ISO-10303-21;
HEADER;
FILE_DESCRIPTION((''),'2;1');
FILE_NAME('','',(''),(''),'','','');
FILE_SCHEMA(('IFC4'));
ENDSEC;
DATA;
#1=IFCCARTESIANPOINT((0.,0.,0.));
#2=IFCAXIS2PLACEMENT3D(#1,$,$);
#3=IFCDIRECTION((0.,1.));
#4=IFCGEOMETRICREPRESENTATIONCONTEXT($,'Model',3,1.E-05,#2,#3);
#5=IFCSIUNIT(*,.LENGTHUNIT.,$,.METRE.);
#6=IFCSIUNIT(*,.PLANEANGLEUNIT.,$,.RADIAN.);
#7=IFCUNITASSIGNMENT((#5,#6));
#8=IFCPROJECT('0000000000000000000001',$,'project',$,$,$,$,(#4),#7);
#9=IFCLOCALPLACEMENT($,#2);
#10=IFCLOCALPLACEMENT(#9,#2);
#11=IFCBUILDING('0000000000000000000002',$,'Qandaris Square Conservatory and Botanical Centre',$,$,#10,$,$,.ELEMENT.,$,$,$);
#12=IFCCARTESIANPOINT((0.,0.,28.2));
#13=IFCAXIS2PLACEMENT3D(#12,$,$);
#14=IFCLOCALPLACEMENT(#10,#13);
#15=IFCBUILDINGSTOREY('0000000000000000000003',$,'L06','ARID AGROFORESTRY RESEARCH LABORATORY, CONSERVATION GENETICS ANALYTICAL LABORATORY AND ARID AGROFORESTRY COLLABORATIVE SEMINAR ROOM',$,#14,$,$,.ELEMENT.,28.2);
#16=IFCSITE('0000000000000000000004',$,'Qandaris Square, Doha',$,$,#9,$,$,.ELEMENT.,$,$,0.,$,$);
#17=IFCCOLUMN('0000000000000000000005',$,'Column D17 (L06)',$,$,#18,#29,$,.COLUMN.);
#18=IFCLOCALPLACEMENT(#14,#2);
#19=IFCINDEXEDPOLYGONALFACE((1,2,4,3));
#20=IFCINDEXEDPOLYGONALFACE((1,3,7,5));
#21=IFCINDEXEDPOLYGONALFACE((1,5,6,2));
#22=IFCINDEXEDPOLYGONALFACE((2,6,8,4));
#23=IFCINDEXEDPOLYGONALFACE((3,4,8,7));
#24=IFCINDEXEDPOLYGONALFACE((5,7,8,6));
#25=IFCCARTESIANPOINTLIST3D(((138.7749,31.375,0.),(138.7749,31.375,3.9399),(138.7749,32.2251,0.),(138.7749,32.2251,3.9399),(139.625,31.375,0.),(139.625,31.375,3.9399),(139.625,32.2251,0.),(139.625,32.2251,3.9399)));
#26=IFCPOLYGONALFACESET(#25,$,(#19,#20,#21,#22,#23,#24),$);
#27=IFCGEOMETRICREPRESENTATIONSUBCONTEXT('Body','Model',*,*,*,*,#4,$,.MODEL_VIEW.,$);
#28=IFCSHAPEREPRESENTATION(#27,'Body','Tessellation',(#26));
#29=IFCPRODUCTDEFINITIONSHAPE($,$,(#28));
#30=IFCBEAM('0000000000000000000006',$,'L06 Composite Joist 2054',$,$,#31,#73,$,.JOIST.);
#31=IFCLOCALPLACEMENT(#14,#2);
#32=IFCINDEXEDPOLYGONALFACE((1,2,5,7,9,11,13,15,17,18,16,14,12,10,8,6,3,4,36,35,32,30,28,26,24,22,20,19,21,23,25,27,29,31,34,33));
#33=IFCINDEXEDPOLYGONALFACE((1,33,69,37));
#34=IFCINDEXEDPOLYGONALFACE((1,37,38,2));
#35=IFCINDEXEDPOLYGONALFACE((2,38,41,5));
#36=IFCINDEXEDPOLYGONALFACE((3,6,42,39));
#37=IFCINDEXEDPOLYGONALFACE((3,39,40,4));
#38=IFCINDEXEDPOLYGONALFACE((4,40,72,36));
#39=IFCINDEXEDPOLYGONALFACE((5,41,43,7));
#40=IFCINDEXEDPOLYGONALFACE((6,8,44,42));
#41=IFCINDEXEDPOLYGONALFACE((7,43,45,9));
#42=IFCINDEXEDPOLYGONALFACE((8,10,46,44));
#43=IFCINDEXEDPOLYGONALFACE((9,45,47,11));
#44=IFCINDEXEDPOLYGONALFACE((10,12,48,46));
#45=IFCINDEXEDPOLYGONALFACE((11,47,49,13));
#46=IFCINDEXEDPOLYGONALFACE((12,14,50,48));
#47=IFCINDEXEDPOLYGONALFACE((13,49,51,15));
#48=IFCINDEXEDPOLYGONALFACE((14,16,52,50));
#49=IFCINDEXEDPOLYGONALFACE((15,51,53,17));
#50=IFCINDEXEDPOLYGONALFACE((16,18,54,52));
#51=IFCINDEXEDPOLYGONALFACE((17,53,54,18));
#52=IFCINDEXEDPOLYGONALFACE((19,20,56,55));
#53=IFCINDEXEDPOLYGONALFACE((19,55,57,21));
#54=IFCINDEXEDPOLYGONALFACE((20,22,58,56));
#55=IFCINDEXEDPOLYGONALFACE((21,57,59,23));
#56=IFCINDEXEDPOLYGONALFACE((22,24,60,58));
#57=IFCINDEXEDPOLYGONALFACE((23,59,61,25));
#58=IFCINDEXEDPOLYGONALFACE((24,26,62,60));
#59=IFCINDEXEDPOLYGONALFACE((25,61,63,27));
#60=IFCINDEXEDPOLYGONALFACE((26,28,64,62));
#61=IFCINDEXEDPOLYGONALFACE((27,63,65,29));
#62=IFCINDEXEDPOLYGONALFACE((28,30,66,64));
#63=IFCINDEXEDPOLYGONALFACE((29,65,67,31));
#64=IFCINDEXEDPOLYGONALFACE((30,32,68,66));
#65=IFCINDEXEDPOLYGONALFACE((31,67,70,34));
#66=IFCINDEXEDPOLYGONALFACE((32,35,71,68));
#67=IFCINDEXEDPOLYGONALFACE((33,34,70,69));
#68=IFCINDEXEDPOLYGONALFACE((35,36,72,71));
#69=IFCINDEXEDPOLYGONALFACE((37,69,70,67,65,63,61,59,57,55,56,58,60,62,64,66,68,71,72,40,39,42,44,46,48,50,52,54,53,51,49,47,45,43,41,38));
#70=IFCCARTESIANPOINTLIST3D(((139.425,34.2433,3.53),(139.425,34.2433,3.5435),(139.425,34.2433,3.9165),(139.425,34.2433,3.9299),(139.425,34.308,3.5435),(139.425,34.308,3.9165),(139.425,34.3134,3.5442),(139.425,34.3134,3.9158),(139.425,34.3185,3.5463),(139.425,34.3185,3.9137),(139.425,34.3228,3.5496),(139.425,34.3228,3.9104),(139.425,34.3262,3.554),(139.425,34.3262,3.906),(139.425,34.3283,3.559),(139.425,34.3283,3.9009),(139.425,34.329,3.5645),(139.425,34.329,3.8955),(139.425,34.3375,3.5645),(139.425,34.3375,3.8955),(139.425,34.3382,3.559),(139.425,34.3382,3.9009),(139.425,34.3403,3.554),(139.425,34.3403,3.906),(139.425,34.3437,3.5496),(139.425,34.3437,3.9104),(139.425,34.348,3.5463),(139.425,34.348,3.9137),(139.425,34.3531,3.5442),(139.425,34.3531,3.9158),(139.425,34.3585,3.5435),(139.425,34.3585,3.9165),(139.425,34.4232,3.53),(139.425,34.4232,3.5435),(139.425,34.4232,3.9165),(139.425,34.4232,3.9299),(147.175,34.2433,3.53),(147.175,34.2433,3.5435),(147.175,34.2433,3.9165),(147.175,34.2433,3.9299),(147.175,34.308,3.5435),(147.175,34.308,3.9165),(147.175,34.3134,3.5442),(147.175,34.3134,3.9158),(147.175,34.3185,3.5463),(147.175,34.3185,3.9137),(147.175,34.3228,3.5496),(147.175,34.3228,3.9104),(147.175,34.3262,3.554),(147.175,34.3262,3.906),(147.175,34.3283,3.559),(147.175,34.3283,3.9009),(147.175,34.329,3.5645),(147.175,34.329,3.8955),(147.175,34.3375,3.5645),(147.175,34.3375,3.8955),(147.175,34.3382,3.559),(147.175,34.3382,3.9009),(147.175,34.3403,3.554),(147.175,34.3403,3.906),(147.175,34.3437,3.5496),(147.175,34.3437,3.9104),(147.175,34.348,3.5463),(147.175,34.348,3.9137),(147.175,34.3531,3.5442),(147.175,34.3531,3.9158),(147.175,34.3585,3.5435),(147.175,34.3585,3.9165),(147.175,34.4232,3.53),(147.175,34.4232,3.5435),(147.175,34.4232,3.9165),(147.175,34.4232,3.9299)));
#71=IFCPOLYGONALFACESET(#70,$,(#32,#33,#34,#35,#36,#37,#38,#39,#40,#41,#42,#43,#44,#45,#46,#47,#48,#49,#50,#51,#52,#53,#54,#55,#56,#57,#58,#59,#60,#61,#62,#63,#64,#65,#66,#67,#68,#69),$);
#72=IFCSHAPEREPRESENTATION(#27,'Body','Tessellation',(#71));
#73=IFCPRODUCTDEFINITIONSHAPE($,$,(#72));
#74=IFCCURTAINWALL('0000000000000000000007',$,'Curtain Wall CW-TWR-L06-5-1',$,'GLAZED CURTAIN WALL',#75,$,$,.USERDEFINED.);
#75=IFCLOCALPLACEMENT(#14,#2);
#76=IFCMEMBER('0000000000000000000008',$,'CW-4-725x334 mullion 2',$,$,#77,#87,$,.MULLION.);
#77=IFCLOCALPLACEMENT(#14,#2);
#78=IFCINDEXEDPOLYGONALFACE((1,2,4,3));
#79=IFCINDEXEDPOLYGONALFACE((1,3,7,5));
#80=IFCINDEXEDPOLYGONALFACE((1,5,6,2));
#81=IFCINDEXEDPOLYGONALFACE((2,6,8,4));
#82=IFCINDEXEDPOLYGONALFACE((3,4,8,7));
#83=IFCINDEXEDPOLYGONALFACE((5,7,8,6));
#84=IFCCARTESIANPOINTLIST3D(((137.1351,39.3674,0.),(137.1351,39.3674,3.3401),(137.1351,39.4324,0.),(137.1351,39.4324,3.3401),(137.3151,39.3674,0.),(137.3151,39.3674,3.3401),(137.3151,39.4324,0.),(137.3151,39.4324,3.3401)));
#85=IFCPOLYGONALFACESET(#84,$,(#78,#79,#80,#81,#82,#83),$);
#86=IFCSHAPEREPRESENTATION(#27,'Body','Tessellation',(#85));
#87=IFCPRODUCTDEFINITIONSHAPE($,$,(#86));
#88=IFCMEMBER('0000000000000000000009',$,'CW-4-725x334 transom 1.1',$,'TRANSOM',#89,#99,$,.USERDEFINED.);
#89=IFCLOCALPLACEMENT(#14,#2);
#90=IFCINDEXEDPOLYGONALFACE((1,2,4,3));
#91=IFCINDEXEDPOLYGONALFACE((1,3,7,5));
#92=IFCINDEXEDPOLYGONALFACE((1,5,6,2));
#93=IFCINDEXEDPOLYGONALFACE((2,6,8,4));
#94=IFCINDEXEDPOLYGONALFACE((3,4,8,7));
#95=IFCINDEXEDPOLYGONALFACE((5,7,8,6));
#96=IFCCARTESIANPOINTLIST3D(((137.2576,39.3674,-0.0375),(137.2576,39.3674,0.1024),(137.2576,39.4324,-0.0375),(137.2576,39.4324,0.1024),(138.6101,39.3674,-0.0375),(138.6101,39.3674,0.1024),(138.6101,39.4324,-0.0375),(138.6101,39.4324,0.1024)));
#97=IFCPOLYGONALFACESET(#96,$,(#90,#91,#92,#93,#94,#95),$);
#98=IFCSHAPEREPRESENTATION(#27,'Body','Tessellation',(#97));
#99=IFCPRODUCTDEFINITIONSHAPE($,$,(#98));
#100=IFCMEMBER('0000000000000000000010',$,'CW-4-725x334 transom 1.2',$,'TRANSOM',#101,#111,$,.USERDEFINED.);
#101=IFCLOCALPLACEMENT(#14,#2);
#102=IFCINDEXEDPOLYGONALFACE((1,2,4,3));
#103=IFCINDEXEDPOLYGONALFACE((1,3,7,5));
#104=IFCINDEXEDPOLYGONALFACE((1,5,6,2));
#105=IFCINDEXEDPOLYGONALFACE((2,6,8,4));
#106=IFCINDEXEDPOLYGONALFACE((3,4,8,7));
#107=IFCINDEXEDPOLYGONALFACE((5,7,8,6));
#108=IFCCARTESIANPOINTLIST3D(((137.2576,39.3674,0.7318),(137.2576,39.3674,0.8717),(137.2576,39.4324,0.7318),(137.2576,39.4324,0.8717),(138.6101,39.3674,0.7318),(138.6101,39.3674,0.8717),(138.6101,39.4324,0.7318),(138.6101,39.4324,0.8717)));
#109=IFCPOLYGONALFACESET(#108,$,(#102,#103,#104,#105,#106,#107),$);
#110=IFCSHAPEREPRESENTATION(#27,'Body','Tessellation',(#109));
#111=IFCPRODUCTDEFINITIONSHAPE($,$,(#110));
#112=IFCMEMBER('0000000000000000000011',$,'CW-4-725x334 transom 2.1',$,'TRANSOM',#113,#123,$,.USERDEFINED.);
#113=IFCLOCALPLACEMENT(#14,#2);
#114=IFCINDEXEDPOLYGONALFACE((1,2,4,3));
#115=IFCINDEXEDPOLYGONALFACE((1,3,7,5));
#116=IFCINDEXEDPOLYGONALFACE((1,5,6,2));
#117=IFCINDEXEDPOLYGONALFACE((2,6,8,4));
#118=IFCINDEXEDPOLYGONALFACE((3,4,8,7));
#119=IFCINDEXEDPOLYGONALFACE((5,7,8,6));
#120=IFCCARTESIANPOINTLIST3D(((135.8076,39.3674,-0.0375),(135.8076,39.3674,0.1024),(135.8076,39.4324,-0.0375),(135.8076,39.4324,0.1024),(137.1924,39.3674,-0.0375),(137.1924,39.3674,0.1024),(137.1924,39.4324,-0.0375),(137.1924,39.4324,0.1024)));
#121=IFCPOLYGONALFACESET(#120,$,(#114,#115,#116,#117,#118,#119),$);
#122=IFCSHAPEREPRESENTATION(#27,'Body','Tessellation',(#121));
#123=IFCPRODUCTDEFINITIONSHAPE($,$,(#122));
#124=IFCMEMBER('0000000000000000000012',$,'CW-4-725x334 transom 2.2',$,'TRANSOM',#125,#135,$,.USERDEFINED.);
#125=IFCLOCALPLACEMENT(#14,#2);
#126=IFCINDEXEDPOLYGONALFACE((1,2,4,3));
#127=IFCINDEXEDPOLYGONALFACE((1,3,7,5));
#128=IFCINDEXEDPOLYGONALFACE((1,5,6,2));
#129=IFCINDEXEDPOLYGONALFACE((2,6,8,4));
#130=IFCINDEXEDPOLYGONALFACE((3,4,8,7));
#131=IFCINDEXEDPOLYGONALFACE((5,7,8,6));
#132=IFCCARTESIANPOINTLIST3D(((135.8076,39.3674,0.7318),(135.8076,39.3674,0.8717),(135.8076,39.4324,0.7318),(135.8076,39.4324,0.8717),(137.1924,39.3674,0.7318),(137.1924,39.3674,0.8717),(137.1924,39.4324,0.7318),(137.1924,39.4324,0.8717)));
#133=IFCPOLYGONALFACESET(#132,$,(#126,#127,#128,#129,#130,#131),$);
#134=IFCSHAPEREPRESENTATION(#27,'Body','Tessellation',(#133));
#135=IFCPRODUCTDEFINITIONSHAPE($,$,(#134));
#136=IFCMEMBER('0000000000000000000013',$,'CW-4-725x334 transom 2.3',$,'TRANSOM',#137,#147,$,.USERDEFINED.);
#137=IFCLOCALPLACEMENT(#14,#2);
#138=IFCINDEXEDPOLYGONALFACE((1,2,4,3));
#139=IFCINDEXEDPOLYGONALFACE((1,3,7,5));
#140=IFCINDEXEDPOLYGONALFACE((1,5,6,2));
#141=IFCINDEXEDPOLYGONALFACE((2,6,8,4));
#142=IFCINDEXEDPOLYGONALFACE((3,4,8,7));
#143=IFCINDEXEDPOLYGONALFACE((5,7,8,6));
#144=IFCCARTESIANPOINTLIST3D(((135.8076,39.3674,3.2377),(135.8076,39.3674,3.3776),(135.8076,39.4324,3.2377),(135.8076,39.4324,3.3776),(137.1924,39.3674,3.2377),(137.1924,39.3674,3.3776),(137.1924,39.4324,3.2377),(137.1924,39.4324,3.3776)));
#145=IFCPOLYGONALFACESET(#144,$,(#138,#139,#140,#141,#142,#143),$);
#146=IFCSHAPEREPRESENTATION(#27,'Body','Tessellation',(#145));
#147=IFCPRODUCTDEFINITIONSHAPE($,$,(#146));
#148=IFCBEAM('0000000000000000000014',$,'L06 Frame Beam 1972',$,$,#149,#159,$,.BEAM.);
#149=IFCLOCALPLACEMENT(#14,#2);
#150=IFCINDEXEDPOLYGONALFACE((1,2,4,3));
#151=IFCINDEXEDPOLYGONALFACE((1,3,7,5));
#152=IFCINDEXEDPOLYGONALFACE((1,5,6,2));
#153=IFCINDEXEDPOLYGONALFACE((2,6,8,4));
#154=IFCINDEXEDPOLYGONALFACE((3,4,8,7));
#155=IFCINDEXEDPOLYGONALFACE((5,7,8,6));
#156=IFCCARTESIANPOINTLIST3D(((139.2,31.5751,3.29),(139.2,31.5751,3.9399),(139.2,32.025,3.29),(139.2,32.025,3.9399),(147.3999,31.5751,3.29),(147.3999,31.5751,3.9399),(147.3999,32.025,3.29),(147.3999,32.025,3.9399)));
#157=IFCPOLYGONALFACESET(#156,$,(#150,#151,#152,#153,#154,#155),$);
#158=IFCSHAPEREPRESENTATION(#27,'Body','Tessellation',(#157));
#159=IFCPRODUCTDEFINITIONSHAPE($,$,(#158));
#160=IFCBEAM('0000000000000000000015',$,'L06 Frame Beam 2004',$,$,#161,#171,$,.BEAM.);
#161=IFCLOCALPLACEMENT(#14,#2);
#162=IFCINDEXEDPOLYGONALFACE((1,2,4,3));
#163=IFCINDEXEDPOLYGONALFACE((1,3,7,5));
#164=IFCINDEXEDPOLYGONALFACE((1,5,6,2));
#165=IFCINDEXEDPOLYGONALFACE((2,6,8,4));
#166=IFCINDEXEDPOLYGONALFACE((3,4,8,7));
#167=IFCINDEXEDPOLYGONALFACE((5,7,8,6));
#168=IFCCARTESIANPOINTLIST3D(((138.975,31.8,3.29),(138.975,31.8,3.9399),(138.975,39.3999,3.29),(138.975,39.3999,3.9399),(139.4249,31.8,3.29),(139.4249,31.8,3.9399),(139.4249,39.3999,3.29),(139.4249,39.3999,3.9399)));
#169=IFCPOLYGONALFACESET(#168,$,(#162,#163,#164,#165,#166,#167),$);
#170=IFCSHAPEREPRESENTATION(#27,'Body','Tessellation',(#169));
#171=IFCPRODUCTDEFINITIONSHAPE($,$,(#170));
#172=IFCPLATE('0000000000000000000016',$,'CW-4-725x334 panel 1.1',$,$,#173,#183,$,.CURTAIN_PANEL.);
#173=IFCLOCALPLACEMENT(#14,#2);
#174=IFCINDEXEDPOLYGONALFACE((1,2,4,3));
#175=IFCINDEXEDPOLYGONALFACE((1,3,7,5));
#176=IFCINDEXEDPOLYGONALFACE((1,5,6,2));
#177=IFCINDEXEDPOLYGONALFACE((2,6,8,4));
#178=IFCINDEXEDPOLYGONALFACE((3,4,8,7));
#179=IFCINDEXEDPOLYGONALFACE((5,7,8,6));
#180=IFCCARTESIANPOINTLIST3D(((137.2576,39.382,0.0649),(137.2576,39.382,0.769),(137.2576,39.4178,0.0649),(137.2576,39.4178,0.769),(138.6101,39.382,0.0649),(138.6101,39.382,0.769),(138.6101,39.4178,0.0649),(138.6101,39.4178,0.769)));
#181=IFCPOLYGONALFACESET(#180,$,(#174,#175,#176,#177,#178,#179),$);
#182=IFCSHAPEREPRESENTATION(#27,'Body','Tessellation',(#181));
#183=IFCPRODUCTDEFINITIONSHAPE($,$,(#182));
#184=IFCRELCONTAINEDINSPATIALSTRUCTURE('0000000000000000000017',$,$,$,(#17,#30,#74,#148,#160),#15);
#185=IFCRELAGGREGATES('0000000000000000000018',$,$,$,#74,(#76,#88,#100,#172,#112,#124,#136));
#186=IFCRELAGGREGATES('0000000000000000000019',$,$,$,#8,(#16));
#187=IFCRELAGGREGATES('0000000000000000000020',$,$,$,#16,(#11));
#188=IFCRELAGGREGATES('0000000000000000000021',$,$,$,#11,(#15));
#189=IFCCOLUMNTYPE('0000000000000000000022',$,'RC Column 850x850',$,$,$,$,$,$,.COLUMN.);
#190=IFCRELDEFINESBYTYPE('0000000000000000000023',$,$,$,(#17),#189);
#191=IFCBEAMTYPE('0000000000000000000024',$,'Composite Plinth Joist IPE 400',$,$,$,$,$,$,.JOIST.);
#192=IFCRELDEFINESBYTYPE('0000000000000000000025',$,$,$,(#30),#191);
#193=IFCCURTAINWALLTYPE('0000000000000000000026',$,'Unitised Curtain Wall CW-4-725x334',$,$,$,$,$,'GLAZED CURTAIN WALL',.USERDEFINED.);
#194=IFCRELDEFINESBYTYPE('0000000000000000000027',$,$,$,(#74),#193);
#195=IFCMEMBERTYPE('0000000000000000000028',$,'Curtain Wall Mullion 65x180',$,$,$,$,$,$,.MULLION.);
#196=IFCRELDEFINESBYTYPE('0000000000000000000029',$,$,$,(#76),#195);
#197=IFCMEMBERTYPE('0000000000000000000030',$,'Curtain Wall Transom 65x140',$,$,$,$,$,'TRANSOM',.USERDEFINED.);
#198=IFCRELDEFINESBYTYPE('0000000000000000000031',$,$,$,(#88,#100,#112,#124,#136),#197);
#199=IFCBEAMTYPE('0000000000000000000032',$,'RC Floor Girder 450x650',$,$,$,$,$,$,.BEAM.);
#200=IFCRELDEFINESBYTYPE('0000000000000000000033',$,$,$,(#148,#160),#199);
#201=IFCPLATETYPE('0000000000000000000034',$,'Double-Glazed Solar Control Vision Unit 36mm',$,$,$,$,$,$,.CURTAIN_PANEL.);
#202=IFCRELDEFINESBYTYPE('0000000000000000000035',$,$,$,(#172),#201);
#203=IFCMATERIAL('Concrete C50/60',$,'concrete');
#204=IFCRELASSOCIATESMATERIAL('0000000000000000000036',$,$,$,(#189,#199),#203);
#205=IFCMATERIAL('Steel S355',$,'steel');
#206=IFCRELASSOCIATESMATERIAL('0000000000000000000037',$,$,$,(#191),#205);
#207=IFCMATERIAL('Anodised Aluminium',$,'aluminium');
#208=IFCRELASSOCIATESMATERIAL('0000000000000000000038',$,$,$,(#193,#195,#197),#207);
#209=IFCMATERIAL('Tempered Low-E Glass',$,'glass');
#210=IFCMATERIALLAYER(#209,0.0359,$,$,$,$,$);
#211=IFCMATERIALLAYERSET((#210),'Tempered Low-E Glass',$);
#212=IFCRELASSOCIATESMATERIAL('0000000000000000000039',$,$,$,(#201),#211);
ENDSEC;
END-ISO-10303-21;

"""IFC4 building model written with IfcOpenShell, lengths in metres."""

from ifc_helpers import new_model, si_unit, direction, frame, origin, origin_2d, place, context, subcontext, project, spatial, rectangle, i_section, extrude, material, layer, layer_set, material_profile, profile_set, type_object, element, aggregate, save


model = new_model("IFC4")

# Units and contexts
model_context = context("Model", 3, precision=1e-05, world=origin(), true_north=direction((0.0, 1.0)))
body_context = subcontext(model_context, "Body", "Model", "MODEL_VIEW")
ifc_project = project(units=[si_unit("LENGTHUNIT", "METRE"), si_unit("PLANEANGLEUNIT", "RADIAN")], contexts=[model_context])

# Site, building, storey
site_placement = place(None, origin())
site = spatial("IfcSite", under=ifc_project, at=site_placement, Name="Qandaris Square, Doha", CompositionType="ELEMENT", RefElevation=0.0)
building_placement = place(site_placement, origin())
building = spatial("IfcBuilding", under=site, at=building_placement, Name="Qandaris Square Conservatory and Botanical Centre", CompositionType="ELEMENT")
storey_placement = place(building_placement, frame((0.0, 0.0, 28.2)))
storey = spatial("IfcBuildingStorey", under=building, at=storey_placement, Name="L06", Description="ARID AGROFORESTRY RESEARCH LABORATORY, CONSERVATION GENETICS ANALYTICAL LABORATORY AND ARID AGROFORESTRY COLLABORATIVE SEMINAR ROOM", CompositionType="ELEMENT", Elevation=28.2)

# Column
ifc_material_1 = material(Name="Concrete C50/60", Category="concrete")
ifc_material_profile_1 = material_profile(ifc_material_1, rectangle(XDim=0.8501, YDim=0.8501, at=origin_2d()), Name="RC-COL 850x850")
ifc_profile_set_1 = profile_set([ifc_material_profile_1], Name="Concrete C50/60")
column_type = type_object("IfcColumnType", Name="RC Column 850x850", PredefinedType="COLUMN", material=ifc_profile_set_1)
column_placement = place(storey_placement, frame((139.2, 31.8, 0.0), z_axis=(0.0, 0.0, 1.0), x_axis=(1.0, 0.0, 0.0)))
element("IfcColumn", 1, at=column_placement, inside=storey, type_object=column_type, Name="Column D17 (L06)", PredefinedType="COLUMN", context=body_context, shape_type="SweptSolid", body=[
    extrude(rectangle(XDim=0.8501, YDim=0.8501, at=origin_2d()), origin(), (0.0, 0.0, 1.0), 3.9399),
])

# Beam
ifc_material_2 = material(Name="Steel S355", Category="steel")
ifc_material_profile_2 = material_profile(ifc_material_2, i_section(OverallWidth=0.1799, OverallDepth=0.3999, WebThickness=0.0085, FlangeThickness=0.0134, FilletRadius=0.021, at=origin_2d()), Name="IPE 400")
ifc_profile_set_2 = profile_set([ifc_material_profile_2], Name="Steel S355")
beam_type_1 = type_object("IfcBeamType", Name="Composite Plinth Joist IPE 400", PredefinedType="JOIST", material=ifc_profile_set_2)
beam_1_placement = place(storey_placement, frame((139.425, 34.3333, 3.73), z_axis=(1.0, 0.0, 0.0), x_axis=(0.0, 1.0, 0.0)))
element("IfcBeam", 2, at=beam_1_placement, inside=storey, type_object=beam_type_1, Name="L06 Composite Joist 2054", PredefinedType="JOIST", context=body_context, shape_type="SweptSolid", body=[
    extrude(i_section(OverallWidth=0.1799, OverallDepth=0.3999, WebThickness=0.0085, FlangeThickness=0.0134, FilletRadius=0.021, at=origin_2d()), origin(), (0.0, 0.0, 1.0), 7.75),
])

# Curtain wall, members
ifc_material_3 = material(Name="Anodised Aluminium", Category="aluminium")
curtain_wall_type = type_object("IfcCurtainWallType", Name="Unitised Curtain Wall CW-4-725x334", ElementType="GLAZED CURTAIN WALL", PredefinedType="USERDEFINED", material=ifc_material_3)
curtain_wall_placement = place(storey_placement, origin())
curtain_wall = element("IfcCurtainWall", 3, at=curtain_wall_placement, inside=storey, type_object=curtain_wall_type, Name="Curtain Wall CW-TWR-L06-5-1", ObjectType="GLAZED CURTAIN WALL", PredefinedType="USERDEFINED")
ifc_material_profile_3 = material_profile(ifc_material_3, rectangle(XDim=0.0649, YDim=0.1799, at=origin_2d()), Name="ALU-MUL 65x180")
ifc_profile_set_3 = profile_set([ifc_material_profile_3], Name="Anodised Aluminium")
member_type_1 = type_object("IfcMemberType", Name="Curtain Wall Mullion 65x180", PredefinedType="MULLION", material=ifc_profile_set_3)
member_1_placement = place(storey_placement, frame((137.2251, 39.3999, 0.0), z_axis=(0.0, 0.0, 1.0), x_axis=(0.0, -1.0, 0.0)))
member_1 = element("IfcMember", 4, at=member_1_placement, type_object=member_type_1, Name="CW-4-725x334 mullion 2", PredefinedType="MULLION", context=body_context, shape_type="SweptSolid", body=[
    extrude(rectangle(XDim=0.0649, YDim=0.1799, at=origin_2d()), origin(), (0.0, 0.0, 1.0), 3.3401),
])
ifc_material_profile_4 = material_profile(ifc_material_3, rectangle(XDim=0.0649, YDim=0.1399, at=origin_2d()), Name="ALU-TRN 65x140")
ifc_profile_set_4 = profile_set([ifc_material_profile_4], Name="Anodised Aluminium")
member_type_2 = type_object("IfcMemberType", Name="Curtain Wall Transom 65x140", ElementType="TRANSOM", PredefinedType="USERDEFINED", material=ifc_profile_set_4)
member_2_placement = place(storey_placement, frame((138.6101, 39.3999, 0.0325), z_axis=(-1.0, 0.0, 0.0), x_axis=(0.0, -1.0, 0.0)))
member_2 = element("IfcMember", 5, at=member_2_placement, type_object=member_type_2, Name="CW-4-725x334 transom 1.1", ObjectType="TRANSOM", PredefinedType="USERDEFINED", context=body_context, shape_type="SweptSolid", body=[
    extrude(rectangle(XDim=0.0649, YDim=0.1399, at=origin_2d()), origin(), (0.0, 0.0, 1.0), 1.3525),
])
member_3_placement = place(storey_placement, frame((138.6101, 39.3999, 0.8018), z_axis=(-1.0, 0.0, 0.0), x_axis=(0.0, -1.0, 0.0)))
member_3 = element("IfcMember", 6, at=member_3_placement, type_object=member_type_2, Name="CW-4-725x334 transom 1.2", ObjectType="TRANSOM", PredefinedType="USERDEFINED", context=body_context, shape_type="SweptSolid", body=[
    extrude(rectangle(XDim=0.0649, YDim=0.1399, at=origin_2d()), origin(), (0.0, 0.0, 1.0), 1.3525),
])
member_4_placement = place(storey_placement, frame((137.1924, 39.3999, 0.0325), z_axis=(-1.0, 0.0, 0.0), x_axis=(0.0, -1.0, 0.0)))
member_4 = element("IfcMember", 7, at=member_4_placement, type_object=member_type_2, Name="CW-4-725x334 transom 2.1", ObjectType="TRANSOM", PredefinedType="USERDEFINED", context=body_context, shape_type="SweptSolid", body=[
    extrude(rectangle(XDim=0.0649, YDim=0.1399, at=origin_2d()), origin(), (0.0, 0.0, 1.0), 1.3848),
])
member_5_placement = place(storey_placement, frame((137.1924, 39.3999, 0.8018), z_axis=(-1.0, 0.0, 0.0), x_axis=(0.0, -1.0, 0.0)))
member_5 = element("IfcMember", 8, at=member_5_placement, type_object=member_type_2, Name="CW-4-725x334 transom 2.2", ObjectType="TRANSOM", PredefinedType="USERDEFINED", context=body_context, shape_type="SweptSolid", body=[
    extrude(rectangle(XDim=0.0649, YDim=0.1399, at=origin_2d()), origin(), (0.0, 0.0, 1.0), 1.3848),
])
member_6_placement = place(storey_placement, frame((137.1924, 39.3999, 3.3076), z_axis=(-1.0, 0.0, 0.0), x_axis=(0.0, -1.0, 0.0)))
member_6 = element("IfcMember", 9, at=member_6_placement, type_object=member_type_2, Name="CW-4-725x334 transom 2.3", ObjectType="TRANSOM", PredefinedType="USERDEFINED", context=body_context, shape_type="SweptSolid", body=[
    extrude(rectangle(XDim=0.0649, YDim=0.1399, at=origin_2d()), origin(), (0.0, 0.0, 1.0), 1.3848),
])

# Beams
ifc_material_profile_5 = material_profile(ifc_material_1, rectangle(XDim=0.45, YDim=0.6499, at=origin_2d()), Name="RC-BM 450x650")
ifc_profile_set_5 = profile_set([ifc_material_profile_5], Name="Concrete C50/60")
beam_type_2 = type_object("IfcBeamType", Name="RC Floor Girder 450x650", PredefinedType="BEAM", material=ifc_profile_set_5)
beam_2_placement = place(storey_placement, frame((139.2, 31.8, 3.615), z_axis=(1.0, 0.0, 0.0), x_axis=(0.0, 1.0, 0.0)))
element("IfcBeam", 10, at=beam_2_placement, inside=storey, type_object=beam_type_2, Name="L06 Frame Beam 1972", PredefinedType="BEAM", context=body_context, shape_type="SweptSolid", body=[
    extrude(rectangle(XDim=0.45, YDim=0.6499, at=origin_2d()), origin(), (0.0, 0.0, 1.0), 8.2),
])
beam_3_placement = place(storey_placement, frame((139.2, 31.8, 3.615), z_axis=(0.0, 1.0, 0.0), x_axis=(-1.0, 0.0, 0.0)))
element("IfcBeam", 11, at=beam_3_placement, inside=storey, type_object=beam_type_2, Name="L06 Frame Beam 2004", PredefinedType="BEAM", context=body_context, shape_type="SweptSolid", body=[
    extrude(rectangle(XDim=0.45, YDim=0.6499, at=origin_2d()), origin(), (0.0, 0.0, 1.0), 7.5999),
])

# Plate
ifc_material_4 = material(Name="Tempered Low-E Glass", Category="glass")
ifc_layer_1 = layer(ifc_material_4, 0.0359)
ifc_layer_set_1 = layer_set([ifc_layer_1], Name="Tempered Low-E Glass")
plate_type = type_object("IfcPlateType", Name="Double-Glazed Solar Control Vision Unit 36mm", PredefinedType="CURTAIN_PANEL", material=ifc_layer_set_1)
plate_1_placement = place(storey_placement, frame((137.9338, 39.3999, 0.0649), z_axis=(0.0, 0.0, 1.0), x_axis=(-1.0, 0.0, 0.0)))
plate_1 = element("IfcPlate", 12, at=plate_1_placement, type_object=plate_type, Name="CW-4-725x334 panel 1.1", PredefinedType="CURTAIN_PANEL", context=body_context, shape_type="SweptSolid", body=[
    extrude(rectangle(XDim=1.3525, YDim=0.0359, at=origin_2d()), origin(), (0.0, 0.0, 1.0), 0.7041),
])
aggregate(curtain_wall, [member_1, member_2, member_3, plate_1, member_4, member_5, member_6])

save(model, "model.ifc")
